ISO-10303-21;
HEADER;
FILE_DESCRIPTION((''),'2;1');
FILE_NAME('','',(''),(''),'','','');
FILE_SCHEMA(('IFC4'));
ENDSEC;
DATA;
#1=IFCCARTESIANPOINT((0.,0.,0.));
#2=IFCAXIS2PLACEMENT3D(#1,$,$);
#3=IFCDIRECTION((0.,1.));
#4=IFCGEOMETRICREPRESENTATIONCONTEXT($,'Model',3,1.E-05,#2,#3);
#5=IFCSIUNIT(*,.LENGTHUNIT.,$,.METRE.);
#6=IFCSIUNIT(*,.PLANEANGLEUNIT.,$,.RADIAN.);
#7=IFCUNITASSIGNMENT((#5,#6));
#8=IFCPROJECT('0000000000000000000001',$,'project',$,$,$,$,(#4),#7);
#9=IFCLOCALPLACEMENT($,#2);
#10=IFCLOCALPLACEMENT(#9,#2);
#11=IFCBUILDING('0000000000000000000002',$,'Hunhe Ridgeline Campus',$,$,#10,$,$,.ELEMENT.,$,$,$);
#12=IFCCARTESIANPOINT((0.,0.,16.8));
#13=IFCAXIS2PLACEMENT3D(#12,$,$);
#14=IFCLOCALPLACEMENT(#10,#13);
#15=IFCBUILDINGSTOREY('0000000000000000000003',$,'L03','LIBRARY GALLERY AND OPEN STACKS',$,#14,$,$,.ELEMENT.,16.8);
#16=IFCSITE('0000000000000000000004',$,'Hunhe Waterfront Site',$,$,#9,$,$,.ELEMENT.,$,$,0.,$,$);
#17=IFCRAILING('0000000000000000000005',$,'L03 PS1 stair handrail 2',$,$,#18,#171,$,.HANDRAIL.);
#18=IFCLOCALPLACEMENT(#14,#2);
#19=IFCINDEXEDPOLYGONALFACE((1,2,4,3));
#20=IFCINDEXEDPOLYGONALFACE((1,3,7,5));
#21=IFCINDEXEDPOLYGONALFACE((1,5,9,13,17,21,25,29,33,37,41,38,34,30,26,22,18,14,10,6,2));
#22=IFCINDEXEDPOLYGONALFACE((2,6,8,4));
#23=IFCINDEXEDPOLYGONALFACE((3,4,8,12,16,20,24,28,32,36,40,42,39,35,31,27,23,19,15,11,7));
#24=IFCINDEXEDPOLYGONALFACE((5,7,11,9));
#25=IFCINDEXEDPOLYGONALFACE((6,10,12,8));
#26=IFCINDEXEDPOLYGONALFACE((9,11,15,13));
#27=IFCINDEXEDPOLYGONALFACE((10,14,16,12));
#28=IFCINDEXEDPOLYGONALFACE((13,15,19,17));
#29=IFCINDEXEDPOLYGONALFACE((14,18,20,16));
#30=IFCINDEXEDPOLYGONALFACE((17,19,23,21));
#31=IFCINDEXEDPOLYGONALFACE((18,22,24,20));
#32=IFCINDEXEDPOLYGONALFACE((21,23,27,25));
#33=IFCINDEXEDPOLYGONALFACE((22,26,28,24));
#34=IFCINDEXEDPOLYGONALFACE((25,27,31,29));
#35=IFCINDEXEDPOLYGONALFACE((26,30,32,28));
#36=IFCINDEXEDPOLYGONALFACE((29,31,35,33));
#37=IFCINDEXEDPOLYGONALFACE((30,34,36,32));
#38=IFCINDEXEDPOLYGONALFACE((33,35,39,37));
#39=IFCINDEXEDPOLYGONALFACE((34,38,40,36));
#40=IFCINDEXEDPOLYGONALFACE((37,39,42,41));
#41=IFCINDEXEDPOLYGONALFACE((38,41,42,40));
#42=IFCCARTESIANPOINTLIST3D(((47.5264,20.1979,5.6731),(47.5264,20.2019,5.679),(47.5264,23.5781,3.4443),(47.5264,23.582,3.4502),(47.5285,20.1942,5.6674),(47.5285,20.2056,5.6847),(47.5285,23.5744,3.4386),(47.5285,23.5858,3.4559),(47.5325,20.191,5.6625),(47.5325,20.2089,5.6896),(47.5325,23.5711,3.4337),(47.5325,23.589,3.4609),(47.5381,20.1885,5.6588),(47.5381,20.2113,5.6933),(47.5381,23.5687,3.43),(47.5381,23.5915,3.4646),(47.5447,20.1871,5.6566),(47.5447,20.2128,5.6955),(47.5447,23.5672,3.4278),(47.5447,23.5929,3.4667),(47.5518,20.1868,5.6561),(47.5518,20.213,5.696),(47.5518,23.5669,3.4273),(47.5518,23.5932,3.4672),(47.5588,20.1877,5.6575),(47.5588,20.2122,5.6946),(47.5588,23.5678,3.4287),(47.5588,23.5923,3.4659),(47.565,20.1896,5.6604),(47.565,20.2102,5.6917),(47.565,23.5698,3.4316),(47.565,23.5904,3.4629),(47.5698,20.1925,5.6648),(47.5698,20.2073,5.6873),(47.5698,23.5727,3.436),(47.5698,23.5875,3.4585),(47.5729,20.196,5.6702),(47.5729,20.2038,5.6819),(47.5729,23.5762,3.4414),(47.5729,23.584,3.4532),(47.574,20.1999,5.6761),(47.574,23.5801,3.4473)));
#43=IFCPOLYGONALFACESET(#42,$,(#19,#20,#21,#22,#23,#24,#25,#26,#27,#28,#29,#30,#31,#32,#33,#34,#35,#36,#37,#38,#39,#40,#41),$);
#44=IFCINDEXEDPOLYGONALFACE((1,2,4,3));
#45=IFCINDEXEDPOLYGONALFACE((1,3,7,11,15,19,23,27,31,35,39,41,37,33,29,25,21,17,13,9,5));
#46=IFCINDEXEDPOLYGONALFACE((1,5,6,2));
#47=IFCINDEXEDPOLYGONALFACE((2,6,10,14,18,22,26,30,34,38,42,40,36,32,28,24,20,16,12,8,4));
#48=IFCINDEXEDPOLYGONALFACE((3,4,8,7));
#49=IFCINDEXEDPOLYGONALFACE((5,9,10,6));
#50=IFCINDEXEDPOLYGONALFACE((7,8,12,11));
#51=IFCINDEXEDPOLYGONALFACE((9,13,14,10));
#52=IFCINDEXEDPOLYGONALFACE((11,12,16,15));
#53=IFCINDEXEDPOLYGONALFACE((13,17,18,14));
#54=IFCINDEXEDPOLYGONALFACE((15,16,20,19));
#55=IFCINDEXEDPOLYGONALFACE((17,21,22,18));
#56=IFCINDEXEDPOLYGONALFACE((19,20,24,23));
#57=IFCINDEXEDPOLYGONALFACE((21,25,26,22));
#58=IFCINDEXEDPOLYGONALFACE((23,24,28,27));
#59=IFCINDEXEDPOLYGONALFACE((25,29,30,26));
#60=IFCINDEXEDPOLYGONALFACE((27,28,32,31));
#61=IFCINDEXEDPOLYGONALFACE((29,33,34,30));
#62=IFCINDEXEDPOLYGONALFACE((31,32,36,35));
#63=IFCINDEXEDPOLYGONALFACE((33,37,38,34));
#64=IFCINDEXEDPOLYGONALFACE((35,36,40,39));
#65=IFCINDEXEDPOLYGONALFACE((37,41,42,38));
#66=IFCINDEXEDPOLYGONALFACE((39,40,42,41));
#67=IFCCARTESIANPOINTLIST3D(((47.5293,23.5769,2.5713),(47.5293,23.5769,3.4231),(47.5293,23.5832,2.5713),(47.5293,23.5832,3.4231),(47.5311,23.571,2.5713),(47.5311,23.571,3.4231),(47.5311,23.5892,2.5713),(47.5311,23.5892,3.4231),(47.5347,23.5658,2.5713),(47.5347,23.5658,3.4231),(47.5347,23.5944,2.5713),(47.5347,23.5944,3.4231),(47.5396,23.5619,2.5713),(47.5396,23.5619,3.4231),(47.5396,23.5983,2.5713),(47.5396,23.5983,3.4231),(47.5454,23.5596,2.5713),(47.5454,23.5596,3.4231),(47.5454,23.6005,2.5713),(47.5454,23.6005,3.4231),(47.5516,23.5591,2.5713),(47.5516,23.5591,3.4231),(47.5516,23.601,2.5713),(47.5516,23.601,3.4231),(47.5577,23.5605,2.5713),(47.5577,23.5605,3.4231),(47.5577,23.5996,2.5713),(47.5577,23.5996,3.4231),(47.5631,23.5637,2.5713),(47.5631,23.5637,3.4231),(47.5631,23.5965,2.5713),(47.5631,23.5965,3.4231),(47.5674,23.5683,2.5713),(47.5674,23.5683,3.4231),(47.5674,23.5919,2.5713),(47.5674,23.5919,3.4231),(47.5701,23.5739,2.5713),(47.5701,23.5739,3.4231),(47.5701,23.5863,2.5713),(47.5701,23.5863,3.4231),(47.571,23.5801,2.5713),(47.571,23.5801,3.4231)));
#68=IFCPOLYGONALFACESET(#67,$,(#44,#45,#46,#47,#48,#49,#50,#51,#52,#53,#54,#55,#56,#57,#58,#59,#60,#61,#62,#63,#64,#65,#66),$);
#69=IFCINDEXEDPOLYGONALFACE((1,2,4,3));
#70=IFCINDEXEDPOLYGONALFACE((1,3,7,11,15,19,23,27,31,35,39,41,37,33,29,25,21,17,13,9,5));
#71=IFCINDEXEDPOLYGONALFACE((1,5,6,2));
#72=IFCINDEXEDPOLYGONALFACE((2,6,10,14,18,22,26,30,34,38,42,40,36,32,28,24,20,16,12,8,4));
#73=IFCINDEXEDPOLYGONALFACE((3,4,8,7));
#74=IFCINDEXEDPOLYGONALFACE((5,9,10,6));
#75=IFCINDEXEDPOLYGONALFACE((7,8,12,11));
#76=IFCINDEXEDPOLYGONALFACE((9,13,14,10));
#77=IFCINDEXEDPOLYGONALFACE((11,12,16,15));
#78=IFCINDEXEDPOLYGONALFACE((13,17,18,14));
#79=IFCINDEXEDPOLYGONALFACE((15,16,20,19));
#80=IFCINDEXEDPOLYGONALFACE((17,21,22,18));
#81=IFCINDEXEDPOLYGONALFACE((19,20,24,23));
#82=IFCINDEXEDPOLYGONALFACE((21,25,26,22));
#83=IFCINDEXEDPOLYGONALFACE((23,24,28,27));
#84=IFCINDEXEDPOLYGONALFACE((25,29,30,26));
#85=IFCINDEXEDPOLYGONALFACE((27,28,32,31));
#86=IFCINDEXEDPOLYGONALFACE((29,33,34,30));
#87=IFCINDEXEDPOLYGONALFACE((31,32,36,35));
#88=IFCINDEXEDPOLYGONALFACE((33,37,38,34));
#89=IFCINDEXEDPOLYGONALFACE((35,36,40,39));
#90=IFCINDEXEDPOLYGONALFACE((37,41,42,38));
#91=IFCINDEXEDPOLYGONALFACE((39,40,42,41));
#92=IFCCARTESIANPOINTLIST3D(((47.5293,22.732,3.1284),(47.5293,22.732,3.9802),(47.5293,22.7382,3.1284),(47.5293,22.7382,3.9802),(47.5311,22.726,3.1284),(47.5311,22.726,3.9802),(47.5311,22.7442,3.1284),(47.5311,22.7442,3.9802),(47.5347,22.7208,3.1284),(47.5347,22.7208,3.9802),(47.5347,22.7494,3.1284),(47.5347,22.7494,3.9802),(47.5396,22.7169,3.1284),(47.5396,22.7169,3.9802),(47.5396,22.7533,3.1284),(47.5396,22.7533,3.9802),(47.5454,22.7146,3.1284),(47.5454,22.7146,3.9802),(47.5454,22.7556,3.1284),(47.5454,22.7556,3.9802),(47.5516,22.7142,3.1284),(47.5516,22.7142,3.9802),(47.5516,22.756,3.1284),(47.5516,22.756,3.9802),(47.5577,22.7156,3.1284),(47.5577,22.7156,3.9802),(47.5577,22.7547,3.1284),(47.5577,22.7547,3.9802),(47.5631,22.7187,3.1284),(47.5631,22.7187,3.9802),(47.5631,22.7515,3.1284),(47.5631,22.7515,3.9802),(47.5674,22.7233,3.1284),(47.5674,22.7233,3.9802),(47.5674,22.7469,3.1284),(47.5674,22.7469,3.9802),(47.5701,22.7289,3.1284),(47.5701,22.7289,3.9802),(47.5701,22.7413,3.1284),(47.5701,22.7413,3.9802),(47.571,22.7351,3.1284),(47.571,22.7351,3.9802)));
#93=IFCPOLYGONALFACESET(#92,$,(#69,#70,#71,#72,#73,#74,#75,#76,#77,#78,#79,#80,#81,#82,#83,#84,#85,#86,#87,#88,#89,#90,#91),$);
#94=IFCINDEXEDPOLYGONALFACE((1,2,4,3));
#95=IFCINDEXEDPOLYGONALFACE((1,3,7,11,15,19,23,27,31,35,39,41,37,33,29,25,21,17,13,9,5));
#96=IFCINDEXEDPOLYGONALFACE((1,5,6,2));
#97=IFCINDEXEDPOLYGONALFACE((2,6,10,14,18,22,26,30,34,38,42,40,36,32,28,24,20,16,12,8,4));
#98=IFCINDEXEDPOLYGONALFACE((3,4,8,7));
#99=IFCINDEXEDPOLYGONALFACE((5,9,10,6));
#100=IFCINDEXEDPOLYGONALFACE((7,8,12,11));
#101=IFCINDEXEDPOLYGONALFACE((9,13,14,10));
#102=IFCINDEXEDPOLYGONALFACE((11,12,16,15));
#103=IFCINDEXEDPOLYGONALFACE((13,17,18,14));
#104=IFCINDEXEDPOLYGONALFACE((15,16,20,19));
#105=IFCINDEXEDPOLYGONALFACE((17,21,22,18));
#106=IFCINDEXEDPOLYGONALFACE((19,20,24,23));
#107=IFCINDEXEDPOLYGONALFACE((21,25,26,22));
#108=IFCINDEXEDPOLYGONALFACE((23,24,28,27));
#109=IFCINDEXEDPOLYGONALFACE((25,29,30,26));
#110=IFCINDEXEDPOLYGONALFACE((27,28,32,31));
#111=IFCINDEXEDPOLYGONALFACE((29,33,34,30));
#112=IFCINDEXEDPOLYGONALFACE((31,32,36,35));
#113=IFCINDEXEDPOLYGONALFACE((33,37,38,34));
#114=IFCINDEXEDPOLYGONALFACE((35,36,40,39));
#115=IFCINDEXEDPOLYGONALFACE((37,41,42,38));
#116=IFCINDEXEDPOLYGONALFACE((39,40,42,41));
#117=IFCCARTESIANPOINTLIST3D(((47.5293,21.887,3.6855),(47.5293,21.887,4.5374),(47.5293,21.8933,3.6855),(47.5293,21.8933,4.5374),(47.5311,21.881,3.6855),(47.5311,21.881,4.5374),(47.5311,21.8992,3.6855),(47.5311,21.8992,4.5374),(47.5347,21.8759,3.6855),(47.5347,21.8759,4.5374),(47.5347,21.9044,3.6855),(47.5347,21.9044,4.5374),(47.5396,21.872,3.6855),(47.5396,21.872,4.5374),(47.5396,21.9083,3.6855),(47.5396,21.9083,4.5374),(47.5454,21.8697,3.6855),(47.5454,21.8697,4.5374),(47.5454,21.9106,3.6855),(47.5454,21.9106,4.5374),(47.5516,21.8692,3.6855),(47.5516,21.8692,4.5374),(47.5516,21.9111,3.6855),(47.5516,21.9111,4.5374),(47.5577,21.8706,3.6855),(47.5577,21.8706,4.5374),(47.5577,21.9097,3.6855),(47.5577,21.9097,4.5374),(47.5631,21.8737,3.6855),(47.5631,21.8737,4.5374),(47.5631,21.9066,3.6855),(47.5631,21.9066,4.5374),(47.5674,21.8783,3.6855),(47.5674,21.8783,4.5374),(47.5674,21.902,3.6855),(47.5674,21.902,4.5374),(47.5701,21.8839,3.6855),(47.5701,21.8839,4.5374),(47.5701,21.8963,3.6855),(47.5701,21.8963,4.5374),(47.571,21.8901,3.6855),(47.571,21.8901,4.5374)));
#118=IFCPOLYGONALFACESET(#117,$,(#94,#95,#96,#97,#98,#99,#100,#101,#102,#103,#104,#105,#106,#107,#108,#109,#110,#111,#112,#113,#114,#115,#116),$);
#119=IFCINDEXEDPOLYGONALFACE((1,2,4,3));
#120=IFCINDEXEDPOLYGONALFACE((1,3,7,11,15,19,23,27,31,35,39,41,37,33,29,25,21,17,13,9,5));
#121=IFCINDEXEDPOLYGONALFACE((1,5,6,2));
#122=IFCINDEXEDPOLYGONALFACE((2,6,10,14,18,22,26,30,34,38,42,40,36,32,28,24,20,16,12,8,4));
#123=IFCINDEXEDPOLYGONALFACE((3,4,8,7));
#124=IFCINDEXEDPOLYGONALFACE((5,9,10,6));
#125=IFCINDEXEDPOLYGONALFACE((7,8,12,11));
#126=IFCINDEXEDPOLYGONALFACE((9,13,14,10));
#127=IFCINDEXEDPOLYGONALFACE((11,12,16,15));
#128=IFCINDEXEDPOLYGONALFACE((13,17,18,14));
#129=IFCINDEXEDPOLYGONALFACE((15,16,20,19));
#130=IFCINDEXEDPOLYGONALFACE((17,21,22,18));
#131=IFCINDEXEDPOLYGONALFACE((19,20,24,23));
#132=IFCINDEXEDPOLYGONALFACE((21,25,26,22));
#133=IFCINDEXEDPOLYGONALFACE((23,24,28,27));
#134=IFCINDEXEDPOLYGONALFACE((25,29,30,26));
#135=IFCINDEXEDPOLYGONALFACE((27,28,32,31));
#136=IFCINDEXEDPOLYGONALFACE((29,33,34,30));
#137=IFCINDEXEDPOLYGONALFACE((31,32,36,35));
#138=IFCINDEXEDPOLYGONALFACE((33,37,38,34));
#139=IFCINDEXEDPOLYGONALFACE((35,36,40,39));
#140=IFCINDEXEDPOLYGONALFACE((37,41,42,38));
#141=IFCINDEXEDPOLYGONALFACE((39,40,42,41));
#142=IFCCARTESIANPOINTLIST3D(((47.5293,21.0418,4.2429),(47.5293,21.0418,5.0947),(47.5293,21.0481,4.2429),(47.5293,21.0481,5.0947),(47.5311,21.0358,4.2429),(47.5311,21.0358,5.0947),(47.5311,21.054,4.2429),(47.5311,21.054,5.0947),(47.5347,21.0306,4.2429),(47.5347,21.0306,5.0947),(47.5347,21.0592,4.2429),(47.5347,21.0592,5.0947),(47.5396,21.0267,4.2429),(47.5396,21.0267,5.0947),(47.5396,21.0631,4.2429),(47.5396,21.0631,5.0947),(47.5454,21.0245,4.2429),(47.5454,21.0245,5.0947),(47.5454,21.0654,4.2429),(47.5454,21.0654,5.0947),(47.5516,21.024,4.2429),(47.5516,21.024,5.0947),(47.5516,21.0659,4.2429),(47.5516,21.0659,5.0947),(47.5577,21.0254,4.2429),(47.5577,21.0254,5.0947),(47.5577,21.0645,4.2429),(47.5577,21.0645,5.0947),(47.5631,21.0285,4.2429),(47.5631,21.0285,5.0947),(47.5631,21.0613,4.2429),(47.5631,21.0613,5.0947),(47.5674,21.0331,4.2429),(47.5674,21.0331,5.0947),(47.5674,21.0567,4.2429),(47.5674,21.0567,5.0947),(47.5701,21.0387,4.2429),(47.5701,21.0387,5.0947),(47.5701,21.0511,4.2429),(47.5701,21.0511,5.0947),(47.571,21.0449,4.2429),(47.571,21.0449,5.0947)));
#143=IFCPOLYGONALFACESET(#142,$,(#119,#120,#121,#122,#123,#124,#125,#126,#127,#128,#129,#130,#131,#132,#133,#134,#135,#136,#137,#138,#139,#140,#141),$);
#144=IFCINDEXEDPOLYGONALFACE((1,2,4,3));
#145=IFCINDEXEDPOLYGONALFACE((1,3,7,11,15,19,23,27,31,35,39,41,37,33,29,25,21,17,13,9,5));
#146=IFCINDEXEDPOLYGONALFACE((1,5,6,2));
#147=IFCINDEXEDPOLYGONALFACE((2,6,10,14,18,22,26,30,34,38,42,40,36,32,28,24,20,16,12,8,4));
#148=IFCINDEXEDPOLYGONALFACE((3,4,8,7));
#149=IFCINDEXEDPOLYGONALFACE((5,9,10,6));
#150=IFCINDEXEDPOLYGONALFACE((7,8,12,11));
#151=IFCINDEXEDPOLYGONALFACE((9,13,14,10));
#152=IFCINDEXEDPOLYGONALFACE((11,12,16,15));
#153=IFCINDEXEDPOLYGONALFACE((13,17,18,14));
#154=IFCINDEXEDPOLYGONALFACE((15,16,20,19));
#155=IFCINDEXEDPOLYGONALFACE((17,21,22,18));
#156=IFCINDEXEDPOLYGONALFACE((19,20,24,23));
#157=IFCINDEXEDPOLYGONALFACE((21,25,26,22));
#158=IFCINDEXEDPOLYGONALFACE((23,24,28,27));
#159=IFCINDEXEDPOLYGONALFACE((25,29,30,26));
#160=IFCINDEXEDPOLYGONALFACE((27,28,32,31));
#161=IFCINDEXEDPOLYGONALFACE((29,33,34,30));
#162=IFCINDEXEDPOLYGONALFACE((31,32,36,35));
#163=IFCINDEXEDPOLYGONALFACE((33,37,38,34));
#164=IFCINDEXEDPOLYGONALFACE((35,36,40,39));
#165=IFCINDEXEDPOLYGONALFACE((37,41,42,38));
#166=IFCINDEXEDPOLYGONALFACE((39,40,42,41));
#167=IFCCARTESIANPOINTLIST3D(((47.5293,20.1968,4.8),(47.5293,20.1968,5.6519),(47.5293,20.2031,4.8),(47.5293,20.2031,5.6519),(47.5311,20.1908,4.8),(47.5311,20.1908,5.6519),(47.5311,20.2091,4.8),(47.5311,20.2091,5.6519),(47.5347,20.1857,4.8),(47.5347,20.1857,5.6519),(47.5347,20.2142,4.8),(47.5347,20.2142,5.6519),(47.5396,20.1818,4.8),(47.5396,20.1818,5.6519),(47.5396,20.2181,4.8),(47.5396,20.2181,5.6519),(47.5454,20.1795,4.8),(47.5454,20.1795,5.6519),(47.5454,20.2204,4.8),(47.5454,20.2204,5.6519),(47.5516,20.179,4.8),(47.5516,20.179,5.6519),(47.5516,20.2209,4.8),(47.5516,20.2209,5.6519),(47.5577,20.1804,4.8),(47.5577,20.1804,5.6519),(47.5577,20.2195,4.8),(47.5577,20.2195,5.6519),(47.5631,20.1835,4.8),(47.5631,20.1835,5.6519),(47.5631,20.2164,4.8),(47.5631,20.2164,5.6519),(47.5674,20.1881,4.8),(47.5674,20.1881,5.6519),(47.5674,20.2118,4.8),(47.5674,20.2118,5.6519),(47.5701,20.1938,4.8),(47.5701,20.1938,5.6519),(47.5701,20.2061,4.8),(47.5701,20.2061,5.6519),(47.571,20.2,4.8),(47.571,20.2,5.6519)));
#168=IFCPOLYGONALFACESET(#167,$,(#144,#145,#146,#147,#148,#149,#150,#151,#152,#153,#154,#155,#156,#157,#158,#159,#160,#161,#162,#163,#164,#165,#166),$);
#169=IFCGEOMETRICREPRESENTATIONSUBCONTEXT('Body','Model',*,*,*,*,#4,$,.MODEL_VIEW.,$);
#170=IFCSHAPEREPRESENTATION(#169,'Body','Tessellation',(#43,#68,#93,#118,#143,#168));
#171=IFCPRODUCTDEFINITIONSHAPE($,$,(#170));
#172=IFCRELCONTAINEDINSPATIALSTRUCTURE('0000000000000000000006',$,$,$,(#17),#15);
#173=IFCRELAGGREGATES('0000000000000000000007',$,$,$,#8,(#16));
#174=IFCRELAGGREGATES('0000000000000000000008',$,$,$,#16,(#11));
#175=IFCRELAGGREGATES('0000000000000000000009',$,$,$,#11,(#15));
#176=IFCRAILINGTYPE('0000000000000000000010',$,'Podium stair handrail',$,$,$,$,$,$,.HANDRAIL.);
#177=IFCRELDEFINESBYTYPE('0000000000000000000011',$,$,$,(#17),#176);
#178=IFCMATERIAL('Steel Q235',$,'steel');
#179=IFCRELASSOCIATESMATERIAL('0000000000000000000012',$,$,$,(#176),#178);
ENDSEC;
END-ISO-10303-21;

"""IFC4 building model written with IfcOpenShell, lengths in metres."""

from ifc_helpers import new_model, si_unit, direction, frame, origin, origin_2d, place, context, subcontext, project, spatial, circle, extrude, material, type_object, element, save


model = new_model("IFC4")

# Units and contexts
model_context = context("Model", 3, precision=1e-05, world=origin(), true_north=direction((0.0, 1.0)))
body_context = subcontext(model_context, "Body", "Model", "MODEL_VIEW")
ifc_project = project(units=[si_unit("LENGTHUNIT", "METRE"), si_unit("PLANEANGLEUNIT", "RADIAN")], contexts=[model_context])

# Site, building, storey
site_placement = place(None, origin())
site = spatial("IfcSite", under=ifc_project, at=site_placement, Name="Hunhe Waterfront Site", CompositionType="ELEMENT", RefElevation=0.0)
building_placement = place(site_placement, origin())
building = spatial("IfcBuilding", under=site, at=building_placement, Name="Hunhe Ridgeline Campus", CompositionType="ELEMENT")
storey_placement = place(building_placement, frame((0.0, 0.0, 16.8)))
storey = spatial("IfcBuildingStorey", under=building, at=storey_placement, Name="L03", Description="LIBRARY GALLERY AND OPEN STACKS", CompositionType="ELEMENT", Elevation=16.8)

# Shared definitions
ifc_material_1 = material(Name="Steel Q235", Category="steel")

# Railing
railing_type_1 = type_object("IfcRailingType", Name="Podium stair handrail", PredefinedType="HANDRAIL", material=ifc_material_1)
railing_1_placement = place(storey_placement, frame((47.55, 23.5801, 2.5713)))
element("IfcRailing", 1, at=railing_1_placement, inside=storey, type_object=railing_type_1, Name="L03 PS1 stair handrail 2", PredefinedType="HANDRAIL", context=body_context, shape_type="SweptSolid", body=[
    extrude(circle(Radius=0.0239, at=origin_2d()), frame((0.0, 0.0, 0.876), z_axis=(0.0, -0.834851, 0.550477), x_axis=(1.0, 0.0, 0.0)), (0.0, 0.0, 1.0), 4.0488),
    extrude(circle(Radius=0.021, at=origin_2d()), origin(), (0.0, 0.0, 1.0), 0.8518),
    extrude(circle(Radius=0.021, at=origin_2d()), frame((0.0, -0.845, 0.5571)), (0.0, 0.0, 1.0), 0.8518),
    extrude(circle(Radius=0.021, at=origin_2d()), frame((0.0, -1.6899, 1.1143)), (0.0, 0.0, 1.0), 0.8518),
    extrude(circle(Radius=0.021, at=origin_2d()), frame((0.0, -2.5352, 1.6716)), (0.0, 0.0, 1.0), 0.8518),
    extrude(circle(Radius=0.021, at=origin_2d()), frame((0.0, -3.3801, 2.2288)), (0.0, 0.0, 1.0), 0.8518),
])

save(model, "model.ifc")
